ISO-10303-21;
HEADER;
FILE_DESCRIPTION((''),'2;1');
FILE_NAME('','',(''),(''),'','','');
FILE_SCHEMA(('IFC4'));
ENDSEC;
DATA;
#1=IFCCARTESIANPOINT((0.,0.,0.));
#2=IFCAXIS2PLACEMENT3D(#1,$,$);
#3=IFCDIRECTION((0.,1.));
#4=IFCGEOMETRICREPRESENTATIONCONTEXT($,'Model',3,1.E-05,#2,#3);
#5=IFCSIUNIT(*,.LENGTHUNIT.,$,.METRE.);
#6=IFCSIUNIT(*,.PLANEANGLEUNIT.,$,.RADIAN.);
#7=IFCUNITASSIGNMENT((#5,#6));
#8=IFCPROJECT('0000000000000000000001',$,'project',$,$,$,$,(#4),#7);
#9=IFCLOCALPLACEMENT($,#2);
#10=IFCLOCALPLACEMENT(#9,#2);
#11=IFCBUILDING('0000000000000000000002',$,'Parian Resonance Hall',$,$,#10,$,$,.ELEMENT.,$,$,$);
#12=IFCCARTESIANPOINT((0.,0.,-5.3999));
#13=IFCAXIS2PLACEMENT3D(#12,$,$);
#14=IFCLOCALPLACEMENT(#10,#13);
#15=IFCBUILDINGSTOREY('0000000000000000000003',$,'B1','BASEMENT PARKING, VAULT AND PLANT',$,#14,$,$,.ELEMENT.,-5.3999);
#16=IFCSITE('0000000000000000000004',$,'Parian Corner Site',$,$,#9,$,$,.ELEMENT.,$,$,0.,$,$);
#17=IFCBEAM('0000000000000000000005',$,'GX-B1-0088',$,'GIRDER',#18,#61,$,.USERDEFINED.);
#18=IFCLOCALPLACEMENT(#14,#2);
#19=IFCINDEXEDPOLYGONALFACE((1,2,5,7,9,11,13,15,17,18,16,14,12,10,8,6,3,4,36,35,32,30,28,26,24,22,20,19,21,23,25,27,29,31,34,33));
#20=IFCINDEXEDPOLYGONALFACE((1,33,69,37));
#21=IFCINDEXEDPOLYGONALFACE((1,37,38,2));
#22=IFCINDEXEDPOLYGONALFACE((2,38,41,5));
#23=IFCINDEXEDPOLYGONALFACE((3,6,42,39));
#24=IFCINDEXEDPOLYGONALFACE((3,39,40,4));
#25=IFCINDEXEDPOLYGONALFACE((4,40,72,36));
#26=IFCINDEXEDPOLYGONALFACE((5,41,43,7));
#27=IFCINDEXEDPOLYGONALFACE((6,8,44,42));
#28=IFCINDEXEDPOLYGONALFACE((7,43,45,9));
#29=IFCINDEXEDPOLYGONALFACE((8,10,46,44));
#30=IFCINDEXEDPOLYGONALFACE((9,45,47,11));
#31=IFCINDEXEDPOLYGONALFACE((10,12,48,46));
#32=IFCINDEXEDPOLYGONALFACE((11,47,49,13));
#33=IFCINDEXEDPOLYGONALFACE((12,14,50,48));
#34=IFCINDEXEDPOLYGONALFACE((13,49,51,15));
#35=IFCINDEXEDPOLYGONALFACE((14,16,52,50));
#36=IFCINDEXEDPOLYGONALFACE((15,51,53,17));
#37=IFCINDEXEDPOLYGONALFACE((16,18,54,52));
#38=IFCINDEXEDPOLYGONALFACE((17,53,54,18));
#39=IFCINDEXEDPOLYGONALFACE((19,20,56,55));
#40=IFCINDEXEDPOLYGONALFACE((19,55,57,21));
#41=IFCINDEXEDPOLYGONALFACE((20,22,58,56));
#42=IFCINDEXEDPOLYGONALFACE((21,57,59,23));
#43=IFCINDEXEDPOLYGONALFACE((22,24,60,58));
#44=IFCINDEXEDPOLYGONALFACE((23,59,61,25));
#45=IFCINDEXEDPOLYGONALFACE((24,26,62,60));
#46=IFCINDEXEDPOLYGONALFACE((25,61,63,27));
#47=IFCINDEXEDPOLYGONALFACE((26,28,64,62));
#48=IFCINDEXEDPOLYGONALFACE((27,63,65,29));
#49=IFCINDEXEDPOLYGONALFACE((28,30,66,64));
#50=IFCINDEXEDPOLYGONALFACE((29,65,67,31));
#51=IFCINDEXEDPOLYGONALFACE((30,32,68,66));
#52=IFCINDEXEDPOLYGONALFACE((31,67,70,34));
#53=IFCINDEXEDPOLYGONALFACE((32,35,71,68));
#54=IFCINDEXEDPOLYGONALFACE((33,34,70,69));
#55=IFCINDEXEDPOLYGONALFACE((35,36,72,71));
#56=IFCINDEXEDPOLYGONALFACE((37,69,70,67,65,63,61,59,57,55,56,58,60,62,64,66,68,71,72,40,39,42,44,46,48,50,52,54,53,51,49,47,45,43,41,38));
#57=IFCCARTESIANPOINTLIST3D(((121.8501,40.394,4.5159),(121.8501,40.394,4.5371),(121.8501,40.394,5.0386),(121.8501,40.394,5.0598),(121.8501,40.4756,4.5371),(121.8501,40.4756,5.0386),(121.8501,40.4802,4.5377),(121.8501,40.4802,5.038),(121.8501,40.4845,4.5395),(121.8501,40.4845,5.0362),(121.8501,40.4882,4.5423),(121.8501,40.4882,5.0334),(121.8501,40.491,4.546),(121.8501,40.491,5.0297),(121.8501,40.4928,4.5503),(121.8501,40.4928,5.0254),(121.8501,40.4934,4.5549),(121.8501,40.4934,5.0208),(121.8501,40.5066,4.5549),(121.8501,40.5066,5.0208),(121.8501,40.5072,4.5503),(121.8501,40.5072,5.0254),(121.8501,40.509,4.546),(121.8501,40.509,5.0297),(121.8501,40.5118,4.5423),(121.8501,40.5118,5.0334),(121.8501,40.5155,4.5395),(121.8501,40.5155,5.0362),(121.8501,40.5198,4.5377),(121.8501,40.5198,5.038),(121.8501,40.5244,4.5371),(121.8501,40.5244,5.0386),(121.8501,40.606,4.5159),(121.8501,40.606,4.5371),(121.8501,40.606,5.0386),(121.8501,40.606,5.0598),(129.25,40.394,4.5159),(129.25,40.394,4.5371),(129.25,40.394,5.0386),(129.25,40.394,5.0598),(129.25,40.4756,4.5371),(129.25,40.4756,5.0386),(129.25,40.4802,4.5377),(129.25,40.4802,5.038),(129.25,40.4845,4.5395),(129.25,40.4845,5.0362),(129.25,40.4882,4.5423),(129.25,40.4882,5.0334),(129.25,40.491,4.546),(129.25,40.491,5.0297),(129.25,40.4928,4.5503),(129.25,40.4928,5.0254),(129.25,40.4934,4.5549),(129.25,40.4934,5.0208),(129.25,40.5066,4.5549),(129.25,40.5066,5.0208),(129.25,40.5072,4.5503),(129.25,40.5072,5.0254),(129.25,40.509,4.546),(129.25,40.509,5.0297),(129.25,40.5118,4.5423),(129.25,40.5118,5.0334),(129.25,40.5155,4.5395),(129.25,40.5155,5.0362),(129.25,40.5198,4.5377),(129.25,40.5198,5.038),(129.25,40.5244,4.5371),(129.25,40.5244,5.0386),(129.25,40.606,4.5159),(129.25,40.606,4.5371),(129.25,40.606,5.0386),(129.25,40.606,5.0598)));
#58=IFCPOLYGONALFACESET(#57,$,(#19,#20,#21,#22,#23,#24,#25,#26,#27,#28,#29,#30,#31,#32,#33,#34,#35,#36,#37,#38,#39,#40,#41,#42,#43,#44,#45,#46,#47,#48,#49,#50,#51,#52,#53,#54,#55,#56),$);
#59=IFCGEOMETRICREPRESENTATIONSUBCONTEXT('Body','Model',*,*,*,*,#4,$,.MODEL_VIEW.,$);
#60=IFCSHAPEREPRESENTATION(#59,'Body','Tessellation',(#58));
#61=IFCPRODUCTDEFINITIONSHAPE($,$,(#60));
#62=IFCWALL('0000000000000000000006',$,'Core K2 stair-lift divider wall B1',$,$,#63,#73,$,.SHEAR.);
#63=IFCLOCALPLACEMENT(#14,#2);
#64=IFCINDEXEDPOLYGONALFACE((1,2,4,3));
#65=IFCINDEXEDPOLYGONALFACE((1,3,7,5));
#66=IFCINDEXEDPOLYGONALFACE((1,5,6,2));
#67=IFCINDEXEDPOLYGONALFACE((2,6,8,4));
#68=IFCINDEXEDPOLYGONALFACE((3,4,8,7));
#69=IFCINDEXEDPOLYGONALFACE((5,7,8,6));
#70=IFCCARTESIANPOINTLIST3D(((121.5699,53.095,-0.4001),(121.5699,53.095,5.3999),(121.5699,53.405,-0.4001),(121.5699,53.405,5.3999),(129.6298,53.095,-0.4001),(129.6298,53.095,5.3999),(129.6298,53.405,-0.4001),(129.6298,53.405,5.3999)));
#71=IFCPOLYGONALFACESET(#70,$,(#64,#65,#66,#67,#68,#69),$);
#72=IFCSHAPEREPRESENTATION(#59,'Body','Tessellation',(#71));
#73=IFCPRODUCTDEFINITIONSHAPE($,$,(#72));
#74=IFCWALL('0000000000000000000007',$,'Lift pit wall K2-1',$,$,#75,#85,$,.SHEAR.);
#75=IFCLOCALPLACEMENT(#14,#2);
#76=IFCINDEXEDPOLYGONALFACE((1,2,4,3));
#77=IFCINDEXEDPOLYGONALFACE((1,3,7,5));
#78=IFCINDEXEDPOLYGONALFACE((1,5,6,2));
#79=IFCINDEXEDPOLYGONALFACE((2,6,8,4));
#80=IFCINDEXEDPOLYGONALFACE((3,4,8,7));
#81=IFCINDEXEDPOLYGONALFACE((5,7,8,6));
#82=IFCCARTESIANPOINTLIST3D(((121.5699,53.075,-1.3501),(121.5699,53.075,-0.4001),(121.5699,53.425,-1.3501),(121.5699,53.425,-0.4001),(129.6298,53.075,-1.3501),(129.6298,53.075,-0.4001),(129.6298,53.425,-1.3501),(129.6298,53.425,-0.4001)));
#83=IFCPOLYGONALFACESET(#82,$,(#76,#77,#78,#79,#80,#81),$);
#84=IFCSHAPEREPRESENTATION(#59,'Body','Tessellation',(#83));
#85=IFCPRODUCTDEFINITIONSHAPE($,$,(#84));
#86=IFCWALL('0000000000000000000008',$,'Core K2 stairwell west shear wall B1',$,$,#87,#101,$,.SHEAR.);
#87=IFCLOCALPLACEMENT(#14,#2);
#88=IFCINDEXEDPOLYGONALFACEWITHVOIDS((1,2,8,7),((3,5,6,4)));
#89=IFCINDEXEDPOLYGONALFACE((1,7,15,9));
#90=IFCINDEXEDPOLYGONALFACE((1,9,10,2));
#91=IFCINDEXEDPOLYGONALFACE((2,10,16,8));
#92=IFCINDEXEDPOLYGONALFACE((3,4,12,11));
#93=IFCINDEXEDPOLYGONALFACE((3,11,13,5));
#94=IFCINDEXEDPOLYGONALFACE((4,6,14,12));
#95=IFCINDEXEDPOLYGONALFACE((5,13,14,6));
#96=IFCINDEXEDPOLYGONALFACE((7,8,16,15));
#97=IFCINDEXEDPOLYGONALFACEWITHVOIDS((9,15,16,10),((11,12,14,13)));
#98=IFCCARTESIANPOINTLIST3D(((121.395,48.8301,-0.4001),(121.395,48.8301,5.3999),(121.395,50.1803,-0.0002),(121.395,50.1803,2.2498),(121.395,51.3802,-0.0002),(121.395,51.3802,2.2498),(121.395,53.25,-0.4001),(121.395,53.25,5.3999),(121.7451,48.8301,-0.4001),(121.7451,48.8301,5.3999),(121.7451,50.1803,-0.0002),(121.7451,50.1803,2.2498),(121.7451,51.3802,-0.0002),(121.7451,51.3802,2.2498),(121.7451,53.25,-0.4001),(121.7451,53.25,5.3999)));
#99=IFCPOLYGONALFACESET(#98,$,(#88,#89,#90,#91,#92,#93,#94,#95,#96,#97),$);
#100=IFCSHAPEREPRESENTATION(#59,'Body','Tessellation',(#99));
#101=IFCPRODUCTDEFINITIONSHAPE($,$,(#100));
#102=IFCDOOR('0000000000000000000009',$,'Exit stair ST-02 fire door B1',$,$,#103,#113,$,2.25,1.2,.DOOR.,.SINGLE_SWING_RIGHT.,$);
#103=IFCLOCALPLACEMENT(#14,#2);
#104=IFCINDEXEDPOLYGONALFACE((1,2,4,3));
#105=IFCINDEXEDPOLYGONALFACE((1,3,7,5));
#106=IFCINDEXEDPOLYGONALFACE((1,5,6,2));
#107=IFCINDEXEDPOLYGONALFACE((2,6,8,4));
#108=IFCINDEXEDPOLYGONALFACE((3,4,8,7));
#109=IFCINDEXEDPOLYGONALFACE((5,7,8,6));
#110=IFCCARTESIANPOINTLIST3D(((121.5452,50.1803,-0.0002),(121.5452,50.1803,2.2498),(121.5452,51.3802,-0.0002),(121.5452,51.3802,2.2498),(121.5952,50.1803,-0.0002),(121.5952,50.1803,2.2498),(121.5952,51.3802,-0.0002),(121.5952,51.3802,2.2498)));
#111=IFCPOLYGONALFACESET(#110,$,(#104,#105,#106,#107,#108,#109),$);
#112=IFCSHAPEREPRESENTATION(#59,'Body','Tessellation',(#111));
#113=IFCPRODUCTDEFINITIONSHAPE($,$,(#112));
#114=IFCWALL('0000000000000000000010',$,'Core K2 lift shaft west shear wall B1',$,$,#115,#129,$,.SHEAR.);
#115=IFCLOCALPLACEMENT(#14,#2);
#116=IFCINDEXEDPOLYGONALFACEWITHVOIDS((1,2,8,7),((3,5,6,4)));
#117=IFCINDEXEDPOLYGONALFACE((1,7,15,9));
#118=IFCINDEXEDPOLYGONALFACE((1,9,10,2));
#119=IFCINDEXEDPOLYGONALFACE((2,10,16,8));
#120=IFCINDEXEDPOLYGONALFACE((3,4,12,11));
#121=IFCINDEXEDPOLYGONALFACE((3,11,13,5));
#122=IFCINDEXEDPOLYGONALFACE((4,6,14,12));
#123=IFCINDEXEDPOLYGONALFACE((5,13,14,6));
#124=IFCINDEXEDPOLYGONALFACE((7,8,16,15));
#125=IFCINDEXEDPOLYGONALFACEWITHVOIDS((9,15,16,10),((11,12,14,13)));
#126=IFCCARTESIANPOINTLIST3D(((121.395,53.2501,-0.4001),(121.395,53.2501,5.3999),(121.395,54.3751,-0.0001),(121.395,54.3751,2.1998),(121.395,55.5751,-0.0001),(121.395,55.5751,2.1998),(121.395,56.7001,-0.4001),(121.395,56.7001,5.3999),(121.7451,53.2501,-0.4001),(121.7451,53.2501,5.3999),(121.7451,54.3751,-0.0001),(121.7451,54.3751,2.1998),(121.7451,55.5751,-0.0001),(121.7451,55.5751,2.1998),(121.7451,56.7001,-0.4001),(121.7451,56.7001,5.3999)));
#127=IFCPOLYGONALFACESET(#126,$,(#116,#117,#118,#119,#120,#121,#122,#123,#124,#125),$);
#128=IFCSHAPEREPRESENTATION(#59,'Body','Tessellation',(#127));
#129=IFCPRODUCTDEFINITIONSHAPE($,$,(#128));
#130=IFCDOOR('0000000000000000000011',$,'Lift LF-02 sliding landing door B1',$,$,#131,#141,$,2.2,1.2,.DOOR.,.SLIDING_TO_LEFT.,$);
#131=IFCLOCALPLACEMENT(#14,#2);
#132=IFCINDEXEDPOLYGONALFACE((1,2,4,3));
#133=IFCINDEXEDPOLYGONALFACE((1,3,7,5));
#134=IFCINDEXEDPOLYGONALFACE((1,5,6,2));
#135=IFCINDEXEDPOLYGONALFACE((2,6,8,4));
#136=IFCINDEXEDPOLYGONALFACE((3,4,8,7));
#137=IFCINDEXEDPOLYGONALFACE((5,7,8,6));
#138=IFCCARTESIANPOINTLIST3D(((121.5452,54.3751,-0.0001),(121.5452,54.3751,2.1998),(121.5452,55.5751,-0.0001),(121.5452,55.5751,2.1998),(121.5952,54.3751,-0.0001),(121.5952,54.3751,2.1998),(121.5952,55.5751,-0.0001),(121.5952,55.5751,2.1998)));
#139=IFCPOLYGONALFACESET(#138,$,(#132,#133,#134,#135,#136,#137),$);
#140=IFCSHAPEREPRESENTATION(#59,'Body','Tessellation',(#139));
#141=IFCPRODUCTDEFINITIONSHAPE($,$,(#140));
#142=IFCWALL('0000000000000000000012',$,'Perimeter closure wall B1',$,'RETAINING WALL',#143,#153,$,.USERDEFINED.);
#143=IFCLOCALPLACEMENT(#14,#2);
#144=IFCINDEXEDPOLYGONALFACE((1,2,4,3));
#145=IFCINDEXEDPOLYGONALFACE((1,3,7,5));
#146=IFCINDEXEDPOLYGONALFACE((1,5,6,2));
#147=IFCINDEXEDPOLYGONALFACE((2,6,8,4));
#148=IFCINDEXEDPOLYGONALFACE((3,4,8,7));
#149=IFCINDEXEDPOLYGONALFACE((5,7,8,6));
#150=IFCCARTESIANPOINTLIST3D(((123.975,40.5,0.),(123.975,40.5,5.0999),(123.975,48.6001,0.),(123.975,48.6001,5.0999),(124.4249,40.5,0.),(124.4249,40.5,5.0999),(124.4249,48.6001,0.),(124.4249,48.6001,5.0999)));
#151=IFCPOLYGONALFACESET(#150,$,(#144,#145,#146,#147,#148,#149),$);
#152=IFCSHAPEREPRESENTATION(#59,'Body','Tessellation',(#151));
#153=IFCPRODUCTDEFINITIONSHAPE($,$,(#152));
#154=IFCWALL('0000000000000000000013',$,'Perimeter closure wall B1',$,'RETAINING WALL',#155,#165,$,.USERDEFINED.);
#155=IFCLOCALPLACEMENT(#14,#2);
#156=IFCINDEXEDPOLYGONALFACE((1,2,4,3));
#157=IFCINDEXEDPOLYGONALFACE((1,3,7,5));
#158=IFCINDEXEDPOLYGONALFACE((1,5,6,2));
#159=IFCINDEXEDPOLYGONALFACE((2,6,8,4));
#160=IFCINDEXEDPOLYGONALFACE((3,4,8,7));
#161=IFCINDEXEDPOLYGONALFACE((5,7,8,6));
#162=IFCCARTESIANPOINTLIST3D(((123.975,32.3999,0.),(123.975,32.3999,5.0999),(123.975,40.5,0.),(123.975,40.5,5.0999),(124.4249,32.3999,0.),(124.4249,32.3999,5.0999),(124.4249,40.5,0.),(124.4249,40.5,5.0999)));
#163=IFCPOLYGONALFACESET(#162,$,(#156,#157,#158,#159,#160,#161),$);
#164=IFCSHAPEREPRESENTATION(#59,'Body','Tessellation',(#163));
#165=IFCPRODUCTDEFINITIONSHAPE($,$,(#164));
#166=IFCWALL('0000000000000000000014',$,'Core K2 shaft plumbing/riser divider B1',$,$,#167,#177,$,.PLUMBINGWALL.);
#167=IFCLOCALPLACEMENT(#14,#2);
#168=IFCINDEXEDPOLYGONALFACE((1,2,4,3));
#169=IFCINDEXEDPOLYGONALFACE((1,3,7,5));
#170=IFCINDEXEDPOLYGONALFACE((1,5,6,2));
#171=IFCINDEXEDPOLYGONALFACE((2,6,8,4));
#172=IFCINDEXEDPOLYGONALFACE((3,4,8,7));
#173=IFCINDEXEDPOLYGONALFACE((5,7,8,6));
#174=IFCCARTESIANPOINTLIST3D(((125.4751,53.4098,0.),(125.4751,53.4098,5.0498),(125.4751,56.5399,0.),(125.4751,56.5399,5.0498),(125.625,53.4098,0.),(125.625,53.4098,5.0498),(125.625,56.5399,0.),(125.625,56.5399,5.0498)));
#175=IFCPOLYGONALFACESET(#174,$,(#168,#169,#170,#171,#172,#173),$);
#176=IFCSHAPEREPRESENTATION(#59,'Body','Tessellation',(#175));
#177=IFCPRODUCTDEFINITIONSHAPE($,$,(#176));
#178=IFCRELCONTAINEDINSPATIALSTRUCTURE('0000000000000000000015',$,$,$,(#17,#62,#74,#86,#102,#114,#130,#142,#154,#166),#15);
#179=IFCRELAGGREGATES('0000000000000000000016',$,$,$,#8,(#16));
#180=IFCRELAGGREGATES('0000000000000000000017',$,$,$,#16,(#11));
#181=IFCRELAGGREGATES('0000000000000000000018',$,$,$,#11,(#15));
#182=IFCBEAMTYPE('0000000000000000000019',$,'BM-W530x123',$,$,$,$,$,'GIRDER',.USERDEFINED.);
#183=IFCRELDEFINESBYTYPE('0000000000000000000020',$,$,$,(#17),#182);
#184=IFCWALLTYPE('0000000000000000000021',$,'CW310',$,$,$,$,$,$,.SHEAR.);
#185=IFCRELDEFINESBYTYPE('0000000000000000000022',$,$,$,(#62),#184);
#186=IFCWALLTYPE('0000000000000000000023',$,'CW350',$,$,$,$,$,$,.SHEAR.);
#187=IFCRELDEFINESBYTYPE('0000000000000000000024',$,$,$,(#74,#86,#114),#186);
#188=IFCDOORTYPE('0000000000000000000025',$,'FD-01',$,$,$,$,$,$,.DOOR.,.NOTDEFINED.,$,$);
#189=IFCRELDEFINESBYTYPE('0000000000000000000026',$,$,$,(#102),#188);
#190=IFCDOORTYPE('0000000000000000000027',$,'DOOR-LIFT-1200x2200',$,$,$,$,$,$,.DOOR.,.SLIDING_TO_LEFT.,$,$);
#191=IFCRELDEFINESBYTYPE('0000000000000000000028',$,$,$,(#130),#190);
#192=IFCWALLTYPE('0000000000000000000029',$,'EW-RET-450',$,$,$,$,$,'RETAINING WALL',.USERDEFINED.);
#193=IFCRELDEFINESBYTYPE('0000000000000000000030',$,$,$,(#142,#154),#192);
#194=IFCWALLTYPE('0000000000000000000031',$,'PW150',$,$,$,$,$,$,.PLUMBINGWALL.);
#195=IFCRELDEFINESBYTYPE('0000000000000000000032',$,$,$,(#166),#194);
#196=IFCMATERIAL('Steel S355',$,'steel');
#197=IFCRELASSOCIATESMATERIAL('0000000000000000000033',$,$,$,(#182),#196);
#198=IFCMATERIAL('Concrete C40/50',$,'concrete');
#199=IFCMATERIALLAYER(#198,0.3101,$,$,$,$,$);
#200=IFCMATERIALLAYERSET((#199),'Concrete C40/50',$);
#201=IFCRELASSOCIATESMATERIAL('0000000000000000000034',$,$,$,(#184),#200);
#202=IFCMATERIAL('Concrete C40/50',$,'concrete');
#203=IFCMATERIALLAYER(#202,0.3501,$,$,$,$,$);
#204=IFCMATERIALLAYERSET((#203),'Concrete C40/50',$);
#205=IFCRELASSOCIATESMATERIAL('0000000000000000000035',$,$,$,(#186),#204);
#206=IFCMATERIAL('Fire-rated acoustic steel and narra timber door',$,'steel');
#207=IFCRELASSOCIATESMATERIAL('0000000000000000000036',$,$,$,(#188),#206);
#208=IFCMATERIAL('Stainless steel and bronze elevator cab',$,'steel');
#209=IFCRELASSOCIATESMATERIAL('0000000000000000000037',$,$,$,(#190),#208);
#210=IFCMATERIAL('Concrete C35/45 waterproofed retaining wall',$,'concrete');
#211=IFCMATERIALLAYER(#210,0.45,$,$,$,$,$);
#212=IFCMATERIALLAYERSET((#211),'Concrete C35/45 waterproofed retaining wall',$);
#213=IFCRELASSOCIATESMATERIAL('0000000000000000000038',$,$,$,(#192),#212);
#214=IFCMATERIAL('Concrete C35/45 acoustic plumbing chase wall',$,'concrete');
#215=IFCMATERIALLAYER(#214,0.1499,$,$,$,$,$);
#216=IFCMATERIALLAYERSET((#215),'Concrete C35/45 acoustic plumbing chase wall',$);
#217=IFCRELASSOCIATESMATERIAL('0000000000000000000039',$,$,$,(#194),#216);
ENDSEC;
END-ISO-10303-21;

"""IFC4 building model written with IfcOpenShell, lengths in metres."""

from ifc_helpers import new_model, si_unit, direction, frame, frame_2d, origin, origin_2d, place, context, subcontext, project, spatial, rectangle, i_section, extrude, material, layer, layer_set, material_profile, profile_set, type_object, element, fill, save


model = new_model("IFC4")

# Units and contexts
model_context = context("Model", 3, precision=1e-05, world=origin(), true_north=direction((0.0, 1.0)))
body_context = subcontext(model_context, "Body", "Model", "MODEL_VIEW")
ifc_project = project(units=[si_unit("LENGTHUNIT", "METRE"), si_unit("PLANEANGLEUNIT", "RADIAN")], contexts=[model_context])

# Site, building, storey
site_placement = place(None, origin())
site = spatial("IfcSite", under=ifc_project, at=site_placement, Name="Parian Corner Site", CompositionType="ELEMENT", RefElevation=0.0)
building_placement = place(site_placement, origin())
building = spatial("IfcBuilding", under=site, at=building_placement, Name="Parian Resonance Hall", CompositionType="ELEMENT")
storey_placement = place(building_placement, frame((0.0, 0.0, -5.3999)))
storey = spatial("IfcBuildingStorey", under=building, at=storey_placement, Name="B1", Description="BASEMENT PARKING, VAULT AND PLANT", CompositionType="ELEMENT", Elevation=-5.3999)

# Beam
ifc_material_1 = material(Name="Steel S355", Category="steel")
ifc_material_profile_1 = material_profile(ifc_material_1, i_section(OverallWidth=0.2119, OverallDepth=0.5439, WebThickness=0.0132, FlangeThickness=0.0212, FilletRadius=0.0178, at=origin_2d()), Name="W530x123")
ifc_profile_set_1 = profile_set([ifc_material_profile_1], Name="Steel S355")
beam_type_1 = type_object("IfcBeamType", Name="BM-W530x123", ElementType="GIRDER", PredefinedType="USERDEFINED", material=ifc_profile_set_1)
beam_1_placement = place(storey_placement, frame((121.8501, 40.5, 4.7878), z_axis=(1.0, 0.0, 0.0), x_axis=(0.0, 1.0, 0.0)))
element("IfcBeam", 1, at=beam_1_placement, inside=storey, type_object=beam_type_1, Name="GX-B1-0088", ObjectType="GIRDER", PredefinedType="USERDEFINED", context=body_context, shape_type="SweptSolid", body=[
    extrude(i_section(OverallWidth=0.2119, OverallDepth=0.5439, WebThickness=0.0132, FlangeThickness=0.0212, FilletRadius=0.0178, at=origin_2d()), origin(), (0.0, 0.0, 1.0), 7.3999),
])

# Walls
ifc_material_2 = material(Name="Concrete C40/50", Category="concrete")
ifc_layer_1 = layer(ifc_material_2, 0.3101)
ifc_layer_set_1 = layer_set([ifc_layer_1], Name="Concrete C40/50")
wall_type_1 = type_object("IfcWallType", Name="CW310", PredefinedType="SHEAR", material=ifc_layer_set_1)
wall_1_placement = place(storey_placement, frame((121.5701, 53.25, -0.4001), z_axis=(0.0, 0.0, 1.0), x_axis=(1.0, 0.0, 0.0)))
element("IfcWall", 2, at=wall_1_placement, inside=storey, type_object=wall_type_1, Name="Core K2 stair-lift divider wall B1", PredefinedType="SHEAR", context=body_context, shape_type="SweptSolid", body=[
    extrude(rectangle(XDim=8.0598, YDim=0.3101, at=frame_2d((4.0298, 0.0))), origin(), (0.0, 0.0, 1.0), 5.8),
])
ifc_material_3 = material(Name="Concrete C40/50", Category="concrete")
ifc_layer_2 = layer(ifc_material_3, 0.3501)
ifc_layer_set_2 = layer_set([ifc_layer_2], Name="Concrete C40/50")
wall_type_2 = type_object("IfcWallType", Name="CW350", PredefinedType="SHEAR", material=ifc_layer_set_2)
wall_2_placement = place(storey_placement, frame((121.5701, 53.25, -1.3501), z_axis=(0.0, 0.0, 1.0), x_axis=(1.0, 0.0, 0.0)))
element("IfcWall", 3, at=wall_2_placement, inside=storey, type_object=wall_type_2, Name="Lift pit wall K2-1", PredefinedType="SHEAR", context=body_context, shape_type="SweptSolid", body=[
    extrude(rectangle(XDim=8.0598, YDim=0.3501, at=frame_2d((4.0298, 0.0))), origin(), (0.0, 0.0, 1.0), 0.95),
])

# Walls, openings, doors
wall_3_placement = place(storey_placement, frame((121.5701, 48.8301, -0.4001), z_axis=(0.0, 0.0, 1.0), x_axis=(0.0, 1.0, 0.0)))
wall_3 = element("IfcWall", 4, at=wall_3_placement, inside=storey, type_object=wall_type_2, Name="Core K2 stairwell west shear wall B1", PredefinedType="SHEAR", context=body_context, shape_type="SweptSolid", body=[
    extrude(rectangle(XDim=4.4199, YDim=0.3501, at=frame_2d((2.21, 0.0))), origin(), (0.0, 0.0, 1.0), 5.8),
])
opening_1_placement = place(wall_3_placement, frame((1.3501, 0.0, 0.3999)))
opening_1 = element("IfcOpeningElement", 5, at=opening_1_placement, cuts=wall_3, PredefinedType="OPENING", context=body_context, shape_type="SweptSolid", body=[
    extrude(rectangle(XDim=1.2, YDim=2.25, at=frame_2d((0.6001, 1.125))), frame((0.0, 0.1851, 0.0), z_axis=(0.0, -1.0, 0.0), x_axis=(1.0, 0.0, 0.0)), (0.0, 0.0, 1.0), 0.3701),
])
ifc_material_4 = material(Name="Fire-rated acoustic steel and narra timber door", Category="steel")
door_type_1 = type_object("IfcDoorType", Name="FD-01", OperationType="NOTDEFINED", PredefinedType="DOOR", material=ifc_material_4)
door_1_placement = place(opening_1_placement, origin())
door_1 = element("IfcDoor", 6, at=door_1_placement, inside=storey, type_object=door_type_1, Name="Exit stair ST-02 fire door B1", OperationType="SINGLE_SWING_RIGHT", OverallHeight=2.25, OverallWidth=1.2, PredefinedType="DOOR", context=body_context, shape_type="SweptSolid", body=[
    extrude(rectangle(XDim=1.2, YDim=2.25, at=frame_2d((0.6001, 1.125))), frame((0.0, 0.0249, 0.0), z_axis=(0.0, -1.0, 0.0), x_axis=(1.0, 0.0, 0.0)), (0.0, 0.0, 1.0), 0.05),
])
fill(opening_1, door_1)
wall_4_placement = place(storey_placement, frame((121.5701, 53.25, -0.4001), z_axis=(0.0, 0.0, 1.0), x_axis=(0.0, 1.0, 0.0)))
wall_4 = element("IfcWall", 7, at=wall_4_placement, inside=storey, type_object=wall_type_2, Name="Core K2 lift shaft west shear wall B1", PredefinedType="SHEAR", context=body_context, shape_type="SweptSolid", body=[
    extrude(rectangle(XDim=3.45, YDim=0.3501, at=frame_2d((1.7251, 0.0))), origin(), (0.0, 0.0, 1.0), 5.8),
])
opening_2_placement = place(wall_4_placement, frame((1.125, 0.0, 0.3999)))
opening_2 = element("IfcOpeningElement", 8, at=opening_2_placement, cuts=wall_4, PredefinedType="OPENING", context=body_context, shape_type="SweptSolid", body=[
    extrude(rectangle(XDim=1.2, YDim=2.2, at=frame_2d((0.6001, 1.1001))), frame((0.0, 0.1851, 0.0), z_axis=(0.0, -1.0, 0.0), x_axis=(1.0, 0.0, 0.0)), (0.0, 0.0, 1.0), 0.3701),
])
ifc_material_5 = material(Name="Stainless steel and bronze elevator cab", Category="steel")
door_type_2 = type_object("IfcDoorType", Name="DOOR-LIFT-1200x2200", OperationType="SLIDING_TO_LEFT", PredefinedType="DOOR", material=ifc_material_5)
door_2_placement = place(opening_2_placement, origin())
door_2 = element("IfcDoor", 9, at=door_2_placement, inside=storey, type_object=door_type_2, Name="Lift LF-02 sliding landing door B1", OperationType="SLIDING_TO_LEFT", OverallHeight=2.2, OverallWidth=1.2, PredefinedType="DOOR", context=body_context, shape_type="SweptSolid", body=[
    extrude(rectangle(XDim=1.2, YDim=2.2, at=frame_2d((0.6001, 1.1001))), frame((0.0, 0.0249, 0.0), z_axis=(0.0, -1.0, 0.0), x_axis=(1.0, 0.0, 0.0)), (0.0, 0.0, 1.0), 0.05),
])
fill(opening_2, door_2)

# Walls
ifc_material_6 = material(Name="Concrete C35/45 waterproofed retaining wall", Category="concrete")
ifc_layer_3 = layer(ifc_material_6, 0.45)
ifc_layer_set_3 = layer_set([ifc_layer_3], Name="Concrete C35/45 waterproofed retaining wall")
wall_type_3 = type_object("IfcWallType", Name="EW-RET-450", ElementType="RETAINING WALL", PredefinedType="USERDEFINED", material=ifc_layer_set_3)
for number, where, z_axis, x_axis, name in (
    (10, (124.2, 48.6001, 0.0), (0.0, 0.0, 1.0), (0.0, -1.0, 0.0), "Perimeter closure wall B1"),
    (11, (124.2, 40.5, 0.0), (0.0, 0.0, 1.0), (0.0, -1.0, 0.0), "Perimeter closure wall B1"),
):
    element("IfcWall", number, at=place(storey_placement, frame(where, z_axis=z_axis, x_axis=x_axis)), inside=storey, type_object=wall_type_3, Name=name, ObjectType="RETAINING WALL", PredefinedType="USERDEFINED", context=body_context, shape_type="SweptSolid", body=[
        extrude(rectangle(XDim=8.1001, YDim=0.45, at=frame_2d((4.05, 0.0))), origin(), (0.0, 0.0, 1.0), 5.0999),
    ])
ifc_material_7 = material(Name="Concrete C35/45 acoustic plumbing chase wall", Category="concrete")
ifc_layer_4 = layer(ifc_material_7, 0.1499)
ifc_layer_set_4 = layer_set([ifc_layer_4], Name="Concrete C35/45 acoustic plumbing chase wall")
wall_type_4 = type_object("IfcWallType", Name="PW150", PredefinedType="PLUMBINGWALL", material=ifc_layer_set_4)
wall_5_placement = place(storey_placement, frame((125.55, 53.4099, 0.0), z_axis=(0.0, 0.0, 1.0), x_axis=(0.0, 1.0, 0.0)))
element("IfcWall", 12, at=wall_5_placement, inside=storey, type_object=wall_type_4, Name="Core K2 shaft plumbing/riser divider B1", PredefinedType="PLUMBINGWALL", context=body_context, shape_type="SweptSolid", body=[
    extrude(rectangle(XDim=3.1301, YDim=0.1499, at=frame_2d((1.5649, 0.0))), origin(), (0.0, 0.0, 1.0), 5.0498),
])

save(model, "model.ifc")
